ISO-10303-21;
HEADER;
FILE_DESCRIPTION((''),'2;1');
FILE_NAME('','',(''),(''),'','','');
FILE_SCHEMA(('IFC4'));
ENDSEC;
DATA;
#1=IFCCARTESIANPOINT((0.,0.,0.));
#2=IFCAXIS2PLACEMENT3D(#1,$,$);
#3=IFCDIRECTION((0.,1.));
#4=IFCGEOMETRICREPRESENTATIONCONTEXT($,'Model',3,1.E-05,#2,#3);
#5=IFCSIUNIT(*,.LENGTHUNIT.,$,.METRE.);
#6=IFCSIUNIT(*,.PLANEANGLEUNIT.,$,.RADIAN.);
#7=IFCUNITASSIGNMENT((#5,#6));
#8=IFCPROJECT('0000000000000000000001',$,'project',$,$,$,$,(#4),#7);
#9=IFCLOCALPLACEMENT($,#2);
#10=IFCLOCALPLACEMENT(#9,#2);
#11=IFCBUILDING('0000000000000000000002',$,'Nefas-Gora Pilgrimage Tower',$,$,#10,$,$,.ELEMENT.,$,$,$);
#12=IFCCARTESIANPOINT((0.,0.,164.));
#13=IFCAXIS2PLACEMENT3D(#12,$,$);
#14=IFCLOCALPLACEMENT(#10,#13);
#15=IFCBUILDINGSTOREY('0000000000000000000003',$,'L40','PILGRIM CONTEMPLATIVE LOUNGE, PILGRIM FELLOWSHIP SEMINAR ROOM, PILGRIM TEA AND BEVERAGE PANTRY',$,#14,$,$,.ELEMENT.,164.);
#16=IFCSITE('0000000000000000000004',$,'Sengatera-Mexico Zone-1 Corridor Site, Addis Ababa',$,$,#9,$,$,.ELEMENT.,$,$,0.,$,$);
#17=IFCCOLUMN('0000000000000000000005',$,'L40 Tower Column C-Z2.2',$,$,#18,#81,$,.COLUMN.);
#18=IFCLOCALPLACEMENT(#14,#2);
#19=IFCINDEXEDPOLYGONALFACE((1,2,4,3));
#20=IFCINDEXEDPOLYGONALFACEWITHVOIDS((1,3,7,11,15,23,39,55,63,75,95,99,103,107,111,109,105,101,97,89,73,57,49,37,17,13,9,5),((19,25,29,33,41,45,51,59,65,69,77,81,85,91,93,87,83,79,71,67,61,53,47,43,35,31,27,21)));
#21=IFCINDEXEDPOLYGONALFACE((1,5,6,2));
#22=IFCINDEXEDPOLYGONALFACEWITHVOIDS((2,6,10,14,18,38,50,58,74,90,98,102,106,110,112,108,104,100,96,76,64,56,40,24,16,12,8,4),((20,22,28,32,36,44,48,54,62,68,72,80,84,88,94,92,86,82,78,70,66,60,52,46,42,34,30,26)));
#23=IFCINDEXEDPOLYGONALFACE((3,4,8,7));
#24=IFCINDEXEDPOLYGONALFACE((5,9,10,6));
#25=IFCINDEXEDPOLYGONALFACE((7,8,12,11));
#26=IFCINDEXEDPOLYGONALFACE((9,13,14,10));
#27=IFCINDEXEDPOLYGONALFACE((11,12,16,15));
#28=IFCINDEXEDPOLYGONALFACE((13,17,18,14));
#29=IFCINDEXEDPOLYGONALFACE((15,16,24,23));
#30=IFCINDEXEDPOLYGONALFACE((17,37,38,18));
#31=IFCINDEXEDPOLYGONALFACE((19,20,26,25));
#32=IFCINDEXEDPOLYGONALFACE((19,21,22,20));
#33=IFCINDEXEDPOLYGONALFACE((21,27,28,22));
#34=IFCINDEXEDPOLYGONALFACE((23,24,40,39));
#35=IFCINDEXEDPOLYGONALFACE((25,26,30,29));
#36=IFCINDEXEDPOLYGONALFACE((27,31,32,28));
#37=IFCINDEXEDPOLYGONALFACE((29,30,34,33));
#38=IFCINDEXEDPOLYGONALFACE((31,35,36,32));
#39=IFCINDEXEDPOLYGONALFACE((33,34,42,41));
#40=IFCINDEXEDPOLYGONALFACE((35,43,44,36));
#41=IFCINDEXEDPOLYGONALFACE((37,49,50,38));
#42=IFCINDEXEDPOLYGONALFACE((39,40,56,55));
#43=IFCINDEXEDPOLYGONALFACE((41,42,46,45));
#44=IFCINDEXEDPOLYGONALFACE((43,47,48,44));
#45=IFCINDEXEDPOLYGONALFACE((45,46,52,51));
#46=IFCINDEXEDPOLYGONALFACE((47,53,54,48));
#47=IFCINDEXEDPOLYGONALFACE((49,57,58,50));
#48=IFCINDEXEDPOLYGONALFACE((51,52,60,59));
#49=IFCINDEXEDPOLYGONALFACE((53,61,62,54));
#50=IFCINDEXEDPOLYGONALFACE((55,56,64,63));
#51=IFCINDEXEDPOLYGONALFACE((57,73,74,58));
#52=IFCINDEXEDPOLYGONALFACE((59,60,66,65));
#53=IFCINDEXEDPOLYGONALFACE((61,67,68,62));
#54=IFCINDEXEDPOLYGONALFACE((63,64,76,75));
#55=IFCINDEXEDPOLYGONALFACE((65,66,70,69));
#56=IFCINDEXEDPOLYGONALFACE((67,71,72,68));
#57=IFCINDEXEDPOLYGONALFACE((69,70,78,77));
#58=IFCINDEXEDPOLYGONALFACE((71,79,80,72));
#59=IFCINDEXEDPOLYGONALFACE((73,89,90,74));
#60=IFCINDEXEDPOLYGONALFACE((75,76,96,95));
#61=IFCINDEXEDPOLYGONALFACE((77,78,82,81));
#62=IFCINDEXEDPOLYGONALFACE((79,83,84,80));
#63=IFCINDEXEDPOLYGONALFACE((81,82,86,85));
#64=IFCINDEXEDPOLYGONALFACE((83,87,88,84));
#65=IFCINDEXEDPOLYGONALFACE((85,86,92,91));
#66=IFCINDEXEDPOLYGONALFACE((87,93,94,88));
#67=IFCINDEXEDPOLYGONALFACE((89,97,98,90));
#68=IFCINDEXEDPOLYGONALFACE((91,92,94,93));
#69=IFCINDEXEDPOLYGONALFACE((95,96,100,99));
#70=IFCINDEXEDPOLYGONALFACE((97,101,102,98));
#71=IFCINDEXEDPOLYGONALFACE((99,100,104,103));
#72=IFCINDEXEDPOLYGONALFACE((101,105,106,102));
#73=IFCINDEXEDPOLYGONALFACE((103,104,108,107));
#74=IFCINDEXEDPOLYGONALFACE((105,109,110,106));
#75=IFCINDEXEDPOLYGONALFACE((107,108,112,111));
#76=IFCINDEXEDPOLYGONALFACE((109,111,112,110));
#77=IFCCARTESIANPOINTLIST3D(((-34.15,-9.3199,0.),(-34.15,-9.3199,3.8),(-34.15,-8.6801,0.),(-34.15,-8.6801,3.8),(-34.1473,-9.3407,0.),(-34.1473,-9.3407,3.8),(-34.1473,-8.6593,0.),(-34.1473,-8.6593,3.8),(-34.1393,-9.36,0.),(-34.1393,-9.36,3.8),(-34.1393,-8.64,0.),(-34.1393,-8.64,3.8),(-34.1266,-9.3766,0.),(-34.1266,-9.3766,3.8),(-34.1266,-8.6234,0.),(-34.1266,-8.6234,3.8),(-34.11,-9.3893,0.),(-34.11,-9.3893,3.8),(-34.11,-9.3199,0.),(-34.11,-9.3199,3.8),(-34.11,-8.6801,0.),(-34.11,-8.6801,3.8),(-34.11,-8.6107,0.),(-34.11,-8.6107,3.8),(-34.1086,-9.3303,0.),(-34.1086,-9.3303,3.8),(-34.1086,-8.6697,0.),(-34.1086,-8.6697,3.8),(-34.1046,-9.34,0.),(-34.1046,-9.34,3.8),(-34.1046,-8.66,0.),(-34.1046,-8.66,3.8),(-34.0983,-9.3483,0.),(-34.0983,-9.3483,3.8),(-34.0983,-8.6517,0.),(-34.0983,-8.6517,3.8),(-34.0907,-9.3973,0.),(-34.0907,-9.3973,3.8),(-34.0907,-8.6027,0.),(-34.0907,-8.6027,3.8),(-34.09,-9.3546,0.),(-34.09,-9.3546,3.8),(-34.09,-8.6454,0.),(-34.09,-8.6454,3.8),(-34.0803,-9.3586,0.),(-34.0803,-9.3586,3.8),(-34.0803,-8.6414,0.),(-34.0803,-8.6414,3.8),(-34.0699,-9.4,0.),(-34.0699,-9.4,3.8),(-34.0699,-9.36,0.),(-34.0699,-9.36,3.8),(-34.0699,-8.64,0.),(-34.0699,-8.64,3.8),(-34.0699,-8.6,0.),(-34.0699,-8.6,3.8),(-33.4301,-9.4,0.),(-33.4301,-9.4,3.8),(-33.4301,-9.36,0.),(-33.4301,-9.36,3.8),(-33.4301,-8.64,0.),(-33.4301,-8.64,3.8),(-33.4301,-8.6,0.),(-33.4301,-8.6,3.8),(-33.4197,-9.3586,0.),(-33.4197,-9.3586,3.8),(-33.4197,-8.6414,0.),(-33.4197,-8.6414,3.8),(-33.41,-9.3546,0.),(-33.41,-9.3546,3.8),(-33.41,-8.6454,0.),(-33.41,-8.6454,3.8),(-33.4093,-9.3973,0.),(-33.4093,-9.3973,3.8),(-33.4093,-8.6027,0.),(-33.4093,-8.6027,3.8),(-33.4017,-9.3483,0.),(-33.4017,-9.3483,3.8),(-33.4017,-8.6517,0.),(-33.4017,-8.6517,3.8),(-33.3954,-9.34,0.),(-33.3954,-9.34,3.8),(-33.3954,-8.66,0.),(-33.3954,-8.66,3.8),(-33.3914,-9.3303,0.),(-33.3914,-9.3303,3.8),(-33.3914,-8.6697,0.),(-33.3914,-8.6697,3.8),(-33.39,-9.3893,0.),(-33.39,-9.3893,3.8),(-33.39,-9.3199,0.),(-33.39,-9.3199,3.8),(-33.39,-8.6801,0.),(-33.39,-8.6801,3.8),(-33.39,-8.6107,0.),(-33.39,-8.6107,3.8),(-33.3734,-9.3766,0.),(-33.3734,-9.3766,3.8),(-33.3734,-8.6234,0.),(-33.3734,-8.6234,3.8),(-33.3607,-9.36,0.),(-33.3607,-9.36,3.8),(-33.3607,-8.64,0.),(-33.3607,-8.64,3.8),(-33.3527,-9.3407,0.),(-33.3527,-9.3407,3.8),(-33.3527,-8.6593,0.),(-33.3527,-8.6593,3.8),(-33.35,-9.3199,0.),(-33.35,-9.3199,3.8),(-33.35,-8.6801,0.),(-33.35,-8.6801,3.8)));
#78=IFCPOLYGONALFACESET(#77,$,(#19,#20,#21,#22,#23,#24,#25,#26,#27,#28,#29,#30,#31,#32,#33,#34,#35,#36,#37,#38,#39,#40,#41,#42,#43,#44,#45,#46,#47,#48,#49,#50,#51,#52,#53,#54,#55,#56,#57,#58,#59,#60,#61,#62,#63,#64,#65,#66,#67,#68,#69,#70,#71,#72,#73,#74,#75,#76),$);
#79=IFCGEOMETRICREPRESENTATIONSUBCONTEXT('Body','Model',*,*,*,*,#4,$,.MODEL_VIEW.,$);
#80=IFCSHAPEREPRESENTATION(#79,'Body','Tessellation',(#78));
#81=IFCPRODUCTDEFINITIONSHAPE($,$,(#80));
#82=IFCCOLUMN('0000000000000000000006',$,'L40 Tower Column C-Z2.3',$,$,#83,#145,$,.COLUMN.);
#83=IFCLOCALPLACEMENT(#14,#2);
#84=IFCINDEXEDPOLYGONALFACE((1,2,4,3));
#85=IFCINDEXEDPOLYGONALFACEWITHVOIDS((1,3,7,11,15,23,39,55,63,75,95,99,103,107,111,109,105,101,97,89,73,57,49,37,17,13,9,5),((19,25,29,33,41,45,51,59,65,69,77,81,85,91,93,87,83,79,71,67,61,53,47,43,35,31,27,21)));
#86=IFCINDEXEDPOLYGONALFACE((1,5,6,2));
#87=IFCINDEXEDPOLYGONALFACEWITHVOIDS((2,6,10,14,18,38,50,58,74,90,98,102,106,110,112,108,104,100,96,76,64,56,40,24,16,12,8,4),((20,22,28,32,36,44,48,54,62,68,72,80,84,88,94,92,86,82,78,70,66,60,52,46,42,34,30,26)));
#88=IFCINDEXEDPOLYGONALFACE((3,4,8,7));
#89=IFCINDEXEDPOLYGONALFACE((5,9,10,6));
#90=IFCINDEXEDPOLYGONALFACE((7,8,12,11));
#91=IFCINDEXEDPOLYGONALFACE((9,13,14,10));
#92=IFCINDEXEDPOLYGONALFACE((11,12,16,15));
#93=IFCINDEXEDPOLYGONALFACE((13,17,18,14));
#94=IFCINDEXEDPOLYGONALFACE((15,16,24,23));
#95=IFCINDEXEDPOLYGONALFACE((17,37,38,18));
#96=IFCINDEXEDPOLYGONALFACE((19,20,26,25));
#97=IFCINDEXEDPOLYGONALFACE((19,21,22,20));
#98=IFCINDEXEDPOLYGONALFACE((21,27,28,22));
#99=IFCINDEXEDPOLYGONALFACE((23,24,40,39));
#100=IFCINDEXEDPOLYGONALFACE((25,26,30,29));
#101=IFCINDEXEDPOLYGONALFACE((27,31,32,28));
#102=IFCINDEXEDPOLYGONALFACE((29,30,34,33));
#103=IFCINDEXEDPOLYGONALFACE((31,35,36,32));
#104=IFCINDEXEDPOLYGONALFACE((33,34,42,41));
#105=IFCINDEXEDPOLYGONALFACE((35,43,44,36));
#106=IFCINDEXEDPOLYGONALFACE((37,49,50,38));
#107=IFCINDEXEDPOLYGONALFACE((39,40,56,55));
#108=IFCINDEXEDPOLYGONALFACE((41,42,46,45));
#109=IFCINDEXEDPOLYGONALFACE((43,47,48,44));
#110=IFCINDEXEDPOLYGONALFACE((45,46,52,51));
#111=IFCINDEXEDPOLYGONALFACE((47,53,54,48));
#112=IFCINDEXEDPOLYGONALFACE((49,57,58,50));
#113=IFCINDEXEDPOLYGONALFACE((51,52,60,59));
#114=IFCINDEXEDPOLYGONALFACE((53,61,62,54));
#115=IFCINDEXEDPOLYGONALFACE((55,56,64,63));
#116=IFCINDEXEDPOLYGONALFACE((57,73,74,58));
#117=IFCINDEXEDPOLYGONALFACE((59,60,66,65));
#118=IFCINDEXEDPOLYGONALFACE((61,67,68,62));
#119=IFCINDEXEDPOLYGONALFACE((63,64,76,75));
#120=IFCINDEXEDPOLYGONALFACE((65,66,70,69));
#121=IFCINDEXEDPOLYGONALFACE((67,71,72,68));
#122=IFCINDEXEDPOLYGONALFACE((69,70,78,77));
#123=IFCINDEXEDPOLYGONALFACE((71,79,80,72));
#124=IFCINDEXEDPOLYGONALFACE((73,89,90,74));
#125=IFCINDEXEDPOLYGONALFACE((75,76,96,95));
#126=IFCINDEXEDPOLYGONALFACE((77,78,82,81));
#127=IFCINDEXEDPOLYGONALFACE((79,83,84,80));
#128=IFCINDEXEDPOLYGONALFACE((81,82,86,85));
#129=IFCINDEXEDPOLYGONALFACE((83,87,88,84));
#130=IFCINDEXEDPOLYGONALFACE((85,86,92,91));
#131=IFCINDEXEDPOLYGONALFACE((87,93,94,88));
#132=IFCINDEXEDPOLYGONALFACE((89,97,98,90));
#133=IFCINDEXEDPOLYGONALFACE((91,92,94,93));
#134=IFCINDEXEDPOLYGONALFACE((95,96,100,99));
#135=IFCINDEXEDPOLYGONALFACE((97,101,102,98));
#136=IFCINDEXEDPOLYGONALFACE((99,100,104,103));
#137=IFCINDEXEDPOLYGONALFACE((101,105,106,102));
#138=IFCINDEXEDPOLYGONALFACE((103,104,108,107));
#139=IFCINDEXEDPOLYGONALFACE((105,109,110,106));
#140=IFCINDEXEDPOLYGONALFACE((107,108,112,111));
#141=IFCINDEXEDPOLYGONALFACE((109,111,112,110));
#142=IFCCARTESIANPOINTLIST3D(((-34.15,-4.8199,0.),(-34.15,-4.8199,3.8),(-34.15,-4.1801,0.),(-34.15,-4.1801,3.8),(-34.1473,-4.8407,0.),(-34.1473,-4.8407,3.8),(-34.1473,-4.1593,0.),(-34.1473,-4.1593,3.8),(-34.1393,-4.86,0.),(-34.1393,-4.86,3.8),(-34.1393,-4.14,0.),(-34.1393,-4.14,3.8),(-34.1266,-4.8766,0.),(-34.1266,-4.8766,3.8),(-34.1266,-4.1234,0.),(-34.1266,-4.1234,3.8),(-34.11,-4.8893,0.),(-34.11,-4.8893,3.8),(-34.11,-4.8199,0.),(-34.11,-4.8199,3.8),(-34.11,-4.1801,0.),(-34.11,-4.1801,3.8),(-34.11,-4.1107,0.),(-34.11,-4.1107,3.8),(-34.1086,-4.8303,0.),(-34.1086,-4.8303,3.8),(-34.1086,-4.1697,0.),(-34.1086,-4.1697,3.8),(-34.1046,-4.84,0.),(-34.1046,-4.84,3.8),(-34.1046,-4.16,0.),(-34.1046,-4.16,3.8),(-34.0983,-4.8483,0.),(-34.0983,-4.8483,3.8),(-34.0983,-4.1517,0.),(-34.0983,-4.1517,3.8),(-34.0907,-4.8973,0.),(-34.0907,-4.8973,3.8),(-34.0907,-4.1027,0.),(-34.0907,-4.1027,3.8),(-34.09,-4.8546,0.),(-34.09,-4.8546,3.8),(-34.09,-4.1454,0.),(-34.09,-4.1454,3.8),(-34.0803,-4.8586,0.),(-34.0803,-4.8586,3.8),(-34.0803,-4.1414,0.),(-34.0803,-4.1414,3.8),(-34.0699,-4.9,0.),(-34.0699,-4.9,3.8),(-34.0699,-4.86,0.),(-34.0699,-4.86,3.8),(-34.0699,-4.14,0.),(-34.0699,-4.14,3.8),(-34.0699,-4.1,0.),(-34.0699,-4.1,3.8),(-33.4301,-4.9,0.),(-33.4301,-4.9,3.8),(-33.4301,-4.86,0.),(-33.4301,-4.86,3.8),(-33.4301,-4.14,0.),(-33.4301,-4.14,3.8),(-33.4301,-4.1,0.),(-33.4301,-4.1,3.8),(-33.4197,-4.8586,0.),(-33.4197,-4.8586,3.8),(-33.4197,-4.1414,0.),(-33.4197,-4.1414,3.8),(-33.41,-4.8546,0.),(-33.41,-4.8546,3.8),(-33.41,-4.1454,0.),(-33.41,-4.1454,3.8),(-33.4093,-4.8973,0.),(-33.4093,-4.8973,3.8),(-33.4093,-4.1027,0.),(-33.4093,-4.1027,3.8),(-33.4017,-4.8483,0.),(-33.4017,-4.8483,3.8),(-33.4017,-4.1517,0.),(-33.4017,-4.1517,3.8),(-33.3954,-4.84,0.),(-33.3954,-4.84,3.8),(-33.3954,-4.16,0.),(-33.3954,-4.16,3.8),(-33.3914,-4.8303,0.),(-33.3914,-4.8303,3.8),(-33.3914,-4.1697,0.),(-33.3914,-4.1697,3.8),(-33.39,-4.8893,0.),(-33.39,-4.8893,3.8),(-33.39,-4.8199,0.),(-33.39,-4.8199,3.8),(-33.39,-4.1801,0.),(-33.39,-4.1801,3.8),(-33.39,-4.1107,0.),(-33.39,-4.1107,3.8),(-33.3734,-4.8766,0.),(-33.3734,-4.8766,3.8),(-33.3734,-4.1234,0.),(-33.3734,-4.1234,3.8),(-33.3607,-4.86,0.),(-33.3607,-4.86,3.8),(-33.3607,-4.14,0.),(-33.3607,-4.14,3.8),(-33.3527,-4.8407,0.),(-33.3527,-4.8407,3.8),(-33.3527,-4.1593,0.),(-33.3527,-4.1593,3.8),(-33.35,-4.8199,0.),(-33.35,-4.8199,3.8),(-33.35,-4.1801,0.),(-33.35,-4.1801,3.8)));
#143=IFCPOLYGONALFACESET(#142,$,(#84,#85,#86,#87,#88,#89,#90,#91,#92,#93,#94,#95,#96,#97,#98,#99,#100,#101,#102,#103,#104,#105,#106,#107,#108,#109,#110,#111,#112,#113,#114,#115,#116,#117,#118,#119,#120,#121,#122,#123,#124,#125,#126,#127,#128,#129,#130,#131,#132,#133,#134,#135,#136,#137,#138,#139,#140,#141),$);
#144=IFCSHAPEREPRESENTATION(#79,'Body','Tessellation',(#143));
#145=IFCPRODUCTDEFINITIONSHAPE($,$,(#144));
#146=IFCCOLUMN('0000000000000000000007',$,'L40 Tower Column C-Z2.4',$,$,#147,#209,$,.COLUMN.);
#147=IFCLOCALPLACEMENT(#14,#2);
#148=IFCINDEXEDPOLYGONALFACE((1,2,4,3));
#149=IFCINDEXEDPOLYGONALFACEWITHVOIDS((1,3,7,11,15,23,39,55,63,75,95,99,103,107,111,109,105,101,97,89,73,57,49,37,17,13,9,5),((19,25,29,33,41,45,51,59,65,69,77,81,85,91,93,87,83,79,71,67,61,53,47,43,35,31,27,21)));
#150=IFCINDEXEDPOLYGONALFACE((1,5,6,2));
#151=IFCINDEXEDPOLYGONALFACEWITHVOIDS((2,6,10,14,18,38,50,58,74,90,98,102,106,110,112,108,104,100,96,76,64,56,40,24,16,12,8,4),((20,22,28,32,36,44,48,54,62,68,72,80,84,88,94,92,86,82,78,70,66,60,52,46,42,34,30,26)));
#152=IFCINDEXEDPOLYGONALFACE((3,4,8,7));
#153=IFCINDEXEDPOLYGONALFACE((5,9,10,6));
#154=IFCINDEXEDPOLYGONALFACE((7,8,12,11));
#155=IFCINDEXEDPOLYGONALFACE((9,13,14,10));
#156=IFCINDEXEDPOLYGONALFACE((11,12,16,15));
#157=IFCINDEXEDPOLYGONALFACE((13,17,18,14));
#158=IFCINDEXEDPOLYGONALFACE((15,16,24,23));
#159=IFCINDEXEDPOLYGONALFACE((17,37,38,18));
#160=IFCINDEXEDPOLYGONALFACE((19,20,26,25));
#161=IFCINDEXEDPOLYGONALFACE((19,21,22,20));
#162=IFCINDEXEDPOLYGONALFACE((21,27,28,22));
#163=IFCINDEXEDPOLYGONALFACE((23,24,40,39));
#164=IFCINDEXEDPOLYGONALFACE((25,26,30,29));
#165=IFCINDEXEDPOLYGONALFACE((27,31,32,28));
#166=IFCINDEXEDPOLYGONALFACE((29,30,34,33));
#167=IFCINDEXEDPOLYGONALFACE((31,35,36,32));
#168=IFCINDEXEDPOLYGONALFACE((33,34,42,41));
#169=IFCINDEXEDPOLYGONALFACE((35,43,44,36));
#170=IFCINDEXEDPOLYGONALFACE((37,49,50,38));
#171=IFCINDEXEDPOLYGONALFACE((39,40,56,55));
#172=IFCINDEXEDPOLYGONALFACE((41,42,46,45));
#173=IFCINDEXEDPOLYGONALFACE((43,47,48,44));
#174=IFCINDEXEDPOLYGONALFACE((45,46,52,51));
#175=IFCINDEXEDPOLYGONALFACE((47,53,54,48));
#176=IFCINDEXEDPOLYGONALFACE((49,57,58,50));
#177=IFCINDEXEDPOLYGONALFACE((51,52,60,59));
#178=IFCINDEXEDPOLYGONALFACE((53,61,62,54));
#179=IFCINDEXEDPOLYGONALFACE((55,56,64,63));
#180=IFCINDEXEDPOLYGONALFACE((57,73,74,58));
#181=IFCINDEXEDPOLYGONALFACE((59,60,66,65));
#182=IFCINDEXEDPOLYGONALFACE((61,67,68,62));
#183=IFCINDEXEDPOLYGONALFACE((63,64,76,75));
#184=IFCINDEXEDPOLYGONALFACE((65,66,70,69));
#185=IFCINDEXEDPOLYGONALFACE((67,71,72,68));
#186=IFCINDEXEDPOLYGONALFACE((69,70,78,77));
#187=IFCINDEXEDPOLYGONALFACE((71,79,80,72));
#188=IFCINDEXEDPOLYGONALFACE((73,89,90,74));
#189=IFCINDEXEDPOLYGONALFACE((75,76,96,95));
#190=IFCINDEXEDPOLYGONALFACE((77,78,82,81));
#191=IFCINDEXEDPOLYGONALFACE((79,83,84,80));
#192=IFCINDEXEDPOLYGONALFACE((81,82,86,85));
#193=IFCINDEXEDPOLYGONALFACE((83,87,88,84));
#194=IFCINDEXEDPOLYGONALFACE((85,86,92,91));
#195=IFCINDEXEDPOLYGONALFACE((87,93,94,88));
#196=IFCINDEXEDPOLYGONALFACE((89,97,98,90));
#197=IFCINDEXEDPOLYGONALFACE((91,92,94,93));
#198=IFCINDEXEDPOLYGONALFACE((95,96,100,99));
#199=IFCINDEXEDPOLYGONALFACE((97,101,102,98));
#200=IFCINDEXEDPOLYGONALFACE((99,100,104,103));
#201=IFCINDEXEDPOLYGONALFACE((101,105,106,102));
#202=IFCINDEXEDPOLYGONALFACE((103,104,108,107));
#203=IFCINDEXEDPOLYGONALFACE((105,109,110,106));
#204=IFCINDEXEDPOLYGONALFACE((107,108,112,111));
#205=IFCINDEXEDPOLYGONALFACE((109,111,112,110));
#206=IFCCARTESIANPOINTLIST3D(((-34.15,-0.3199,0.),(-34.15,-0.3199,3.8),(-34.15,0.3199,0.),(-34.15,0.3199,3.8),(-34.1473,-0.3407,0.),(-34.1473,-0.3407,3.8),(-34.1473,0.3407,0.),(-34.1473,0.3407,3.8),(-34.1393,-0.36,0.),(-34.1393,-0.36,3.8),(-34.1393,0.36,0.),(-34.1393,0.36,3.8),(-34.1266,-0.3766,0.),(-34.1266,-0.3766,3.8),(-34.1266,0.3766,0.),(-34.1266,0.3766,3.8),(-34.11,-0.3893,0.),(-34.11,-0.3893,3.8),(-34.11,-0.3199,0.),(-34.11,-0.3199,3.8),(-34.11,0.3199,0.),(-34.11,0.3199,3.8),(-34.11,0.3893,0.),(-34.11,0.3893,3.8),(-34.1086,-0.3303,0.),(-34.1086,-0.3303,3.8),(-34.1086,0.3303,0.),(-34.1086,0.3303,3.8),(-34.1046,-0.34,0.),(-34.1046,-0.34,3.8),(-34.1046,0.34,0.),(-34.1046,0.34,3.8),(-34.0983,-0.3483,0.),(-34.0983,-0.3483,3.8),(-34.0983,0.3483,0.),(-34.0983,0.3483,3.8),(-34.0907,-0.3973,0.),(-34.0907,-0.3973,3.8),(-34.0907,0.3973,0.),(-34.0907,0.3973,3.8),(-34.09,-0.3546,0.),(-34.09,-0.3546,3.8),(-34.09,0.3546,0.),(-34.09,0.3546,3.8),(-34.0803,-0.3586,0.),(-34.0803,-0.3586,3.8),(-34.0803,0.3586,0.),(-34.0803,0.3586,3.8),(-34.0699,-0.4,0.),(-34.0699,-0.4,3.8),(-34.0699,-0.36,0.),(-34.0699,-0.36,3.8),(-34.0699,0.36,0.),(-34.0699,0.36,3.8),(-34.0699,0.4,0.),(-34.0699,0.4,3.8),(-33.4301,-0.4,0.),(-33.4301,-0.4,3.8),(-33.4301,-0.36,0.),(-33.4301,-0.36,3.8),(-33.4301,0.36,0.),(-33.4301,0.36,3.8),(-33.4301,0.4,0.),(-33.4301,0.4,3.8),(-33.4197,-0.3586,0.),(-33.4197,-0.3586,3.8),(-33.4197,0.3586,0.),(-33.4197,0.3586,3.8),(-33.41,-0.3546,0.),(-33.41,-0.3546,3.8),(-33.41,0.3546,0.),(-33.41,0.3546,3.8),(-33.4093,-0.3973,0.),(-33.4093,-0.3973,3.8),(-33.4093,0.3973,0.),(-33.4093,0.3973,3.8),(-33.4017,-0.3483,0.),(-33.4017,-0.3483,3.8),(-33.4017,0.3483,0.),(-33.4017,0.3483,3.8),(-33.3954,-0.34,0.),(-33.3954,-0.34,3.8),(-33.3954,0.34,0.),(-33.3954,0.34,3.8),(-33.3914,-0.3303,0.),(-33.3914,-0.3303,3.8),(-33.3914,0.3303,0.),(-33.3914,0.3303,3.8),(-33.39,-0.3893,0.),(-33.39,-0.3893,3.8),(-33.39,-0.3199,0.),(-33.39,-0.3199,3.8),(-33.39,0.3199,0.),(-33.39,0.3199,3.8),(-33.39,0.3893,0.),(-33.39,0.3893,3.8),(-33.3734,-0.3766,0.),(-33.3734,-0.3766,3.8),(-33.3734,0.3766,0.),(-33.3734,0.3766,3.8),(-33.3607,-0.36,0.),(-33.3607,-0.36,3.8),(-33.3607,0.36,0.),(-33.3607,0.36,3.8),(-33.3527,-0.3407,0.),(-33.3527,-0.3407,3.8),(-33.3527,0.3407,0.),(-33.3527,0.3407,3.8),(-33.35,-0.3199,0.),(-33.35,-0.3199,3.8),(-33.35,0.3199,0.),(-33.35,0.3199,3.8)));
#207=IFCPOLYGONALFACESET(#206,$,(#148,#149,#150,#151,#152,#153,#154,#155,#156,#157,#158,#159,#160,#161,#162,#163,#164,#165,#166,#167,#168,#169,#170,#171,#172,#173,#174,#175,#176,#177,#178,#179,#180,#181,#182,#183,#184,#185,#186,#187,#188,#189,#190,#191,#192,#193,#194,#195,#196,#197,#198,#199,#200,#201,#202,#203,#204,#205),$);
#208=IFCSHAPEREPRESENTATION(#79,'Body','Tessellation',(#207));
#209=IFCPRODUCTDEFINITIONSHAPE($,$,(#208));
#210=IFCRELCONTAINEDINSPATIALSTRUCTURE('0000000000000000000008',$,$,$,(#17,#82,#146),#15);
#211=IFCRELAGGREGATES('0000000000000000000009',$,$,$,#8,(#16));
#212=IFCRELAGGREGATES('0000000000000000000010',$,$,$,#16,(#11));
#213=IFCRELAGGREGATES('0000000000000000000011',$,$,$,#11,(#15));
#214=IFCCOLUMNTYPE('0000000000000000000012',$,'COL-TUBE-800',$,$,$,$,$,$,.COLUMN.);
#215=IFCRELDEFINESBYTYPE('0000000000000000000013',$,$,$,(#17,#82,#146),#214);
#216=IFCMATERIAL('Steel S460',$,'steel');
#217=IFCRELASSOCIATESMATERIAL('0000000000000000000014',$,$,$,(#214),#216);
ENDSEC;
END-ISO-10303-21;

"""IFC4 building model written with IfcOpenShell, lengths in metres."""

from ifc_helpers import new_model, si_unit, direction, frame, origin, origin_2d, place, context, subcontext, project, spatial, hollow_rectangle, extrude, source, transform, mapped, material, material_profile, profile_set, type_object, element, save


model = new_model("IFC4")

# Units and contexts
model_context = context("Model", 3, precision=1e-05, world=origin(), true_north=direction((0.0, 1.0)))
body_context = subcontext(model_context, "Body", "Model", "MODEL_VIEW")
ifc_project = project(units=[si_unit("LENGTHUNIT", "METRE"), si_unit("PLANEANGLEUNIT", "RADIAN")], contexts=[model_context])

# Site, building, storey
site_placement = place(None, origin())
site = spatial("IfcSite", under=ifc_project, at=site_placement, Name="Sengatera-Mexico Zone-1 Corridor Site, Addis Ababa", CompositionType="ELEMENT", RefElevation=0.0)
building_placement = place(site_placement, origin())
building = spatial("IfcBuilding", under=site, at=building_placement, Name="Nefas-Gora Pilgrimage Tower", CompositionType="ELEMENT")
storey_placement = place(building_placement, frame((0.0, 0.0, 164.0)))
storey = spatial("IfcBuildingStorey", under=building, at=storey_placement, Name="L40", Description="PILGRIM CONTEMPLATIVE LOUNGE, PILGRIM FELLOWSHIP SEMINAR ROOM, PILGRIM TEA AND BEVERAGE PANTRY", CompositionType="ELEMENT", Elevation=164.0)

# Columns
ifc_material_1 = material(Name="Steel S460", Category="steel")
ifc_material_profile_1 = material_profile(ifc_material_1, hollow_rectangle(XDim=0.8, YDim=0.8, WallThickness=0.04, InnerFilletRadius=0.04, OuterFilletRadius=0.0801, at=origin_2d()), Name="BOX 800x800x40")
ifc_profile_set_1 = profile_set([ifc_material_profile_1], Name="Steel S460")
column_type_1 = type_object("IfcColumnType", Name="COL-TUBE-800", PredefinedType="COLUMN", material=ifc_profile_set_1)
shared_shape_1 = source(origin(), body_context, "Body", "SweptSolid", [
    extrude(hollow_rectangle(XDim=0.8, YDim=0.8, WallThickness=0.04, InnerFilletRadius=0.04, OuterFilletRadius=0.0801, at=origin_2d()), origin(), (0.0, 0.0, 1.0), 3.8),
])
for number, where, z_axis, x_axis, name in (
    (1, (-33.75, -9.0, 0.0), (0.0, 0.0, 1.0), (1.0, 0.0, 0.0), "L40 Tower Column C-Z2.2"),
    (2, (-33.75, -4.5, 0.0), (0.0, 0.0, 1.0), (1.0, 0.0, 0.0), "L40 Tower Column C-Z2.3"),
    (3, (-33.75, 0.0, 0.0), (0.0, 0.0, 1.0), (1.0, 0.0, 0.0), "L40 Tower Column C-Z2.4"),
):
    element("IfcColumn", number, at=place(storey_placement, frame(where, z_axis=z_axis, x_axis=x_axis)), inside=storey, type_object=column_type_1, Name=name, PredefinedType="COLUMN", context=body_context, shape_type="MappedRepresentation", body=[
        mapped(shared_shape_1, transform((0.0, 0.0, 0.0), x_axis=(1.0, 0.0, 0.0), y_axis=(0.0, 1.0, 0.0), z_axis=(0.0, 0.0, 1.0), scale=1.0)),
    ])

save(model, "model.ifc")
